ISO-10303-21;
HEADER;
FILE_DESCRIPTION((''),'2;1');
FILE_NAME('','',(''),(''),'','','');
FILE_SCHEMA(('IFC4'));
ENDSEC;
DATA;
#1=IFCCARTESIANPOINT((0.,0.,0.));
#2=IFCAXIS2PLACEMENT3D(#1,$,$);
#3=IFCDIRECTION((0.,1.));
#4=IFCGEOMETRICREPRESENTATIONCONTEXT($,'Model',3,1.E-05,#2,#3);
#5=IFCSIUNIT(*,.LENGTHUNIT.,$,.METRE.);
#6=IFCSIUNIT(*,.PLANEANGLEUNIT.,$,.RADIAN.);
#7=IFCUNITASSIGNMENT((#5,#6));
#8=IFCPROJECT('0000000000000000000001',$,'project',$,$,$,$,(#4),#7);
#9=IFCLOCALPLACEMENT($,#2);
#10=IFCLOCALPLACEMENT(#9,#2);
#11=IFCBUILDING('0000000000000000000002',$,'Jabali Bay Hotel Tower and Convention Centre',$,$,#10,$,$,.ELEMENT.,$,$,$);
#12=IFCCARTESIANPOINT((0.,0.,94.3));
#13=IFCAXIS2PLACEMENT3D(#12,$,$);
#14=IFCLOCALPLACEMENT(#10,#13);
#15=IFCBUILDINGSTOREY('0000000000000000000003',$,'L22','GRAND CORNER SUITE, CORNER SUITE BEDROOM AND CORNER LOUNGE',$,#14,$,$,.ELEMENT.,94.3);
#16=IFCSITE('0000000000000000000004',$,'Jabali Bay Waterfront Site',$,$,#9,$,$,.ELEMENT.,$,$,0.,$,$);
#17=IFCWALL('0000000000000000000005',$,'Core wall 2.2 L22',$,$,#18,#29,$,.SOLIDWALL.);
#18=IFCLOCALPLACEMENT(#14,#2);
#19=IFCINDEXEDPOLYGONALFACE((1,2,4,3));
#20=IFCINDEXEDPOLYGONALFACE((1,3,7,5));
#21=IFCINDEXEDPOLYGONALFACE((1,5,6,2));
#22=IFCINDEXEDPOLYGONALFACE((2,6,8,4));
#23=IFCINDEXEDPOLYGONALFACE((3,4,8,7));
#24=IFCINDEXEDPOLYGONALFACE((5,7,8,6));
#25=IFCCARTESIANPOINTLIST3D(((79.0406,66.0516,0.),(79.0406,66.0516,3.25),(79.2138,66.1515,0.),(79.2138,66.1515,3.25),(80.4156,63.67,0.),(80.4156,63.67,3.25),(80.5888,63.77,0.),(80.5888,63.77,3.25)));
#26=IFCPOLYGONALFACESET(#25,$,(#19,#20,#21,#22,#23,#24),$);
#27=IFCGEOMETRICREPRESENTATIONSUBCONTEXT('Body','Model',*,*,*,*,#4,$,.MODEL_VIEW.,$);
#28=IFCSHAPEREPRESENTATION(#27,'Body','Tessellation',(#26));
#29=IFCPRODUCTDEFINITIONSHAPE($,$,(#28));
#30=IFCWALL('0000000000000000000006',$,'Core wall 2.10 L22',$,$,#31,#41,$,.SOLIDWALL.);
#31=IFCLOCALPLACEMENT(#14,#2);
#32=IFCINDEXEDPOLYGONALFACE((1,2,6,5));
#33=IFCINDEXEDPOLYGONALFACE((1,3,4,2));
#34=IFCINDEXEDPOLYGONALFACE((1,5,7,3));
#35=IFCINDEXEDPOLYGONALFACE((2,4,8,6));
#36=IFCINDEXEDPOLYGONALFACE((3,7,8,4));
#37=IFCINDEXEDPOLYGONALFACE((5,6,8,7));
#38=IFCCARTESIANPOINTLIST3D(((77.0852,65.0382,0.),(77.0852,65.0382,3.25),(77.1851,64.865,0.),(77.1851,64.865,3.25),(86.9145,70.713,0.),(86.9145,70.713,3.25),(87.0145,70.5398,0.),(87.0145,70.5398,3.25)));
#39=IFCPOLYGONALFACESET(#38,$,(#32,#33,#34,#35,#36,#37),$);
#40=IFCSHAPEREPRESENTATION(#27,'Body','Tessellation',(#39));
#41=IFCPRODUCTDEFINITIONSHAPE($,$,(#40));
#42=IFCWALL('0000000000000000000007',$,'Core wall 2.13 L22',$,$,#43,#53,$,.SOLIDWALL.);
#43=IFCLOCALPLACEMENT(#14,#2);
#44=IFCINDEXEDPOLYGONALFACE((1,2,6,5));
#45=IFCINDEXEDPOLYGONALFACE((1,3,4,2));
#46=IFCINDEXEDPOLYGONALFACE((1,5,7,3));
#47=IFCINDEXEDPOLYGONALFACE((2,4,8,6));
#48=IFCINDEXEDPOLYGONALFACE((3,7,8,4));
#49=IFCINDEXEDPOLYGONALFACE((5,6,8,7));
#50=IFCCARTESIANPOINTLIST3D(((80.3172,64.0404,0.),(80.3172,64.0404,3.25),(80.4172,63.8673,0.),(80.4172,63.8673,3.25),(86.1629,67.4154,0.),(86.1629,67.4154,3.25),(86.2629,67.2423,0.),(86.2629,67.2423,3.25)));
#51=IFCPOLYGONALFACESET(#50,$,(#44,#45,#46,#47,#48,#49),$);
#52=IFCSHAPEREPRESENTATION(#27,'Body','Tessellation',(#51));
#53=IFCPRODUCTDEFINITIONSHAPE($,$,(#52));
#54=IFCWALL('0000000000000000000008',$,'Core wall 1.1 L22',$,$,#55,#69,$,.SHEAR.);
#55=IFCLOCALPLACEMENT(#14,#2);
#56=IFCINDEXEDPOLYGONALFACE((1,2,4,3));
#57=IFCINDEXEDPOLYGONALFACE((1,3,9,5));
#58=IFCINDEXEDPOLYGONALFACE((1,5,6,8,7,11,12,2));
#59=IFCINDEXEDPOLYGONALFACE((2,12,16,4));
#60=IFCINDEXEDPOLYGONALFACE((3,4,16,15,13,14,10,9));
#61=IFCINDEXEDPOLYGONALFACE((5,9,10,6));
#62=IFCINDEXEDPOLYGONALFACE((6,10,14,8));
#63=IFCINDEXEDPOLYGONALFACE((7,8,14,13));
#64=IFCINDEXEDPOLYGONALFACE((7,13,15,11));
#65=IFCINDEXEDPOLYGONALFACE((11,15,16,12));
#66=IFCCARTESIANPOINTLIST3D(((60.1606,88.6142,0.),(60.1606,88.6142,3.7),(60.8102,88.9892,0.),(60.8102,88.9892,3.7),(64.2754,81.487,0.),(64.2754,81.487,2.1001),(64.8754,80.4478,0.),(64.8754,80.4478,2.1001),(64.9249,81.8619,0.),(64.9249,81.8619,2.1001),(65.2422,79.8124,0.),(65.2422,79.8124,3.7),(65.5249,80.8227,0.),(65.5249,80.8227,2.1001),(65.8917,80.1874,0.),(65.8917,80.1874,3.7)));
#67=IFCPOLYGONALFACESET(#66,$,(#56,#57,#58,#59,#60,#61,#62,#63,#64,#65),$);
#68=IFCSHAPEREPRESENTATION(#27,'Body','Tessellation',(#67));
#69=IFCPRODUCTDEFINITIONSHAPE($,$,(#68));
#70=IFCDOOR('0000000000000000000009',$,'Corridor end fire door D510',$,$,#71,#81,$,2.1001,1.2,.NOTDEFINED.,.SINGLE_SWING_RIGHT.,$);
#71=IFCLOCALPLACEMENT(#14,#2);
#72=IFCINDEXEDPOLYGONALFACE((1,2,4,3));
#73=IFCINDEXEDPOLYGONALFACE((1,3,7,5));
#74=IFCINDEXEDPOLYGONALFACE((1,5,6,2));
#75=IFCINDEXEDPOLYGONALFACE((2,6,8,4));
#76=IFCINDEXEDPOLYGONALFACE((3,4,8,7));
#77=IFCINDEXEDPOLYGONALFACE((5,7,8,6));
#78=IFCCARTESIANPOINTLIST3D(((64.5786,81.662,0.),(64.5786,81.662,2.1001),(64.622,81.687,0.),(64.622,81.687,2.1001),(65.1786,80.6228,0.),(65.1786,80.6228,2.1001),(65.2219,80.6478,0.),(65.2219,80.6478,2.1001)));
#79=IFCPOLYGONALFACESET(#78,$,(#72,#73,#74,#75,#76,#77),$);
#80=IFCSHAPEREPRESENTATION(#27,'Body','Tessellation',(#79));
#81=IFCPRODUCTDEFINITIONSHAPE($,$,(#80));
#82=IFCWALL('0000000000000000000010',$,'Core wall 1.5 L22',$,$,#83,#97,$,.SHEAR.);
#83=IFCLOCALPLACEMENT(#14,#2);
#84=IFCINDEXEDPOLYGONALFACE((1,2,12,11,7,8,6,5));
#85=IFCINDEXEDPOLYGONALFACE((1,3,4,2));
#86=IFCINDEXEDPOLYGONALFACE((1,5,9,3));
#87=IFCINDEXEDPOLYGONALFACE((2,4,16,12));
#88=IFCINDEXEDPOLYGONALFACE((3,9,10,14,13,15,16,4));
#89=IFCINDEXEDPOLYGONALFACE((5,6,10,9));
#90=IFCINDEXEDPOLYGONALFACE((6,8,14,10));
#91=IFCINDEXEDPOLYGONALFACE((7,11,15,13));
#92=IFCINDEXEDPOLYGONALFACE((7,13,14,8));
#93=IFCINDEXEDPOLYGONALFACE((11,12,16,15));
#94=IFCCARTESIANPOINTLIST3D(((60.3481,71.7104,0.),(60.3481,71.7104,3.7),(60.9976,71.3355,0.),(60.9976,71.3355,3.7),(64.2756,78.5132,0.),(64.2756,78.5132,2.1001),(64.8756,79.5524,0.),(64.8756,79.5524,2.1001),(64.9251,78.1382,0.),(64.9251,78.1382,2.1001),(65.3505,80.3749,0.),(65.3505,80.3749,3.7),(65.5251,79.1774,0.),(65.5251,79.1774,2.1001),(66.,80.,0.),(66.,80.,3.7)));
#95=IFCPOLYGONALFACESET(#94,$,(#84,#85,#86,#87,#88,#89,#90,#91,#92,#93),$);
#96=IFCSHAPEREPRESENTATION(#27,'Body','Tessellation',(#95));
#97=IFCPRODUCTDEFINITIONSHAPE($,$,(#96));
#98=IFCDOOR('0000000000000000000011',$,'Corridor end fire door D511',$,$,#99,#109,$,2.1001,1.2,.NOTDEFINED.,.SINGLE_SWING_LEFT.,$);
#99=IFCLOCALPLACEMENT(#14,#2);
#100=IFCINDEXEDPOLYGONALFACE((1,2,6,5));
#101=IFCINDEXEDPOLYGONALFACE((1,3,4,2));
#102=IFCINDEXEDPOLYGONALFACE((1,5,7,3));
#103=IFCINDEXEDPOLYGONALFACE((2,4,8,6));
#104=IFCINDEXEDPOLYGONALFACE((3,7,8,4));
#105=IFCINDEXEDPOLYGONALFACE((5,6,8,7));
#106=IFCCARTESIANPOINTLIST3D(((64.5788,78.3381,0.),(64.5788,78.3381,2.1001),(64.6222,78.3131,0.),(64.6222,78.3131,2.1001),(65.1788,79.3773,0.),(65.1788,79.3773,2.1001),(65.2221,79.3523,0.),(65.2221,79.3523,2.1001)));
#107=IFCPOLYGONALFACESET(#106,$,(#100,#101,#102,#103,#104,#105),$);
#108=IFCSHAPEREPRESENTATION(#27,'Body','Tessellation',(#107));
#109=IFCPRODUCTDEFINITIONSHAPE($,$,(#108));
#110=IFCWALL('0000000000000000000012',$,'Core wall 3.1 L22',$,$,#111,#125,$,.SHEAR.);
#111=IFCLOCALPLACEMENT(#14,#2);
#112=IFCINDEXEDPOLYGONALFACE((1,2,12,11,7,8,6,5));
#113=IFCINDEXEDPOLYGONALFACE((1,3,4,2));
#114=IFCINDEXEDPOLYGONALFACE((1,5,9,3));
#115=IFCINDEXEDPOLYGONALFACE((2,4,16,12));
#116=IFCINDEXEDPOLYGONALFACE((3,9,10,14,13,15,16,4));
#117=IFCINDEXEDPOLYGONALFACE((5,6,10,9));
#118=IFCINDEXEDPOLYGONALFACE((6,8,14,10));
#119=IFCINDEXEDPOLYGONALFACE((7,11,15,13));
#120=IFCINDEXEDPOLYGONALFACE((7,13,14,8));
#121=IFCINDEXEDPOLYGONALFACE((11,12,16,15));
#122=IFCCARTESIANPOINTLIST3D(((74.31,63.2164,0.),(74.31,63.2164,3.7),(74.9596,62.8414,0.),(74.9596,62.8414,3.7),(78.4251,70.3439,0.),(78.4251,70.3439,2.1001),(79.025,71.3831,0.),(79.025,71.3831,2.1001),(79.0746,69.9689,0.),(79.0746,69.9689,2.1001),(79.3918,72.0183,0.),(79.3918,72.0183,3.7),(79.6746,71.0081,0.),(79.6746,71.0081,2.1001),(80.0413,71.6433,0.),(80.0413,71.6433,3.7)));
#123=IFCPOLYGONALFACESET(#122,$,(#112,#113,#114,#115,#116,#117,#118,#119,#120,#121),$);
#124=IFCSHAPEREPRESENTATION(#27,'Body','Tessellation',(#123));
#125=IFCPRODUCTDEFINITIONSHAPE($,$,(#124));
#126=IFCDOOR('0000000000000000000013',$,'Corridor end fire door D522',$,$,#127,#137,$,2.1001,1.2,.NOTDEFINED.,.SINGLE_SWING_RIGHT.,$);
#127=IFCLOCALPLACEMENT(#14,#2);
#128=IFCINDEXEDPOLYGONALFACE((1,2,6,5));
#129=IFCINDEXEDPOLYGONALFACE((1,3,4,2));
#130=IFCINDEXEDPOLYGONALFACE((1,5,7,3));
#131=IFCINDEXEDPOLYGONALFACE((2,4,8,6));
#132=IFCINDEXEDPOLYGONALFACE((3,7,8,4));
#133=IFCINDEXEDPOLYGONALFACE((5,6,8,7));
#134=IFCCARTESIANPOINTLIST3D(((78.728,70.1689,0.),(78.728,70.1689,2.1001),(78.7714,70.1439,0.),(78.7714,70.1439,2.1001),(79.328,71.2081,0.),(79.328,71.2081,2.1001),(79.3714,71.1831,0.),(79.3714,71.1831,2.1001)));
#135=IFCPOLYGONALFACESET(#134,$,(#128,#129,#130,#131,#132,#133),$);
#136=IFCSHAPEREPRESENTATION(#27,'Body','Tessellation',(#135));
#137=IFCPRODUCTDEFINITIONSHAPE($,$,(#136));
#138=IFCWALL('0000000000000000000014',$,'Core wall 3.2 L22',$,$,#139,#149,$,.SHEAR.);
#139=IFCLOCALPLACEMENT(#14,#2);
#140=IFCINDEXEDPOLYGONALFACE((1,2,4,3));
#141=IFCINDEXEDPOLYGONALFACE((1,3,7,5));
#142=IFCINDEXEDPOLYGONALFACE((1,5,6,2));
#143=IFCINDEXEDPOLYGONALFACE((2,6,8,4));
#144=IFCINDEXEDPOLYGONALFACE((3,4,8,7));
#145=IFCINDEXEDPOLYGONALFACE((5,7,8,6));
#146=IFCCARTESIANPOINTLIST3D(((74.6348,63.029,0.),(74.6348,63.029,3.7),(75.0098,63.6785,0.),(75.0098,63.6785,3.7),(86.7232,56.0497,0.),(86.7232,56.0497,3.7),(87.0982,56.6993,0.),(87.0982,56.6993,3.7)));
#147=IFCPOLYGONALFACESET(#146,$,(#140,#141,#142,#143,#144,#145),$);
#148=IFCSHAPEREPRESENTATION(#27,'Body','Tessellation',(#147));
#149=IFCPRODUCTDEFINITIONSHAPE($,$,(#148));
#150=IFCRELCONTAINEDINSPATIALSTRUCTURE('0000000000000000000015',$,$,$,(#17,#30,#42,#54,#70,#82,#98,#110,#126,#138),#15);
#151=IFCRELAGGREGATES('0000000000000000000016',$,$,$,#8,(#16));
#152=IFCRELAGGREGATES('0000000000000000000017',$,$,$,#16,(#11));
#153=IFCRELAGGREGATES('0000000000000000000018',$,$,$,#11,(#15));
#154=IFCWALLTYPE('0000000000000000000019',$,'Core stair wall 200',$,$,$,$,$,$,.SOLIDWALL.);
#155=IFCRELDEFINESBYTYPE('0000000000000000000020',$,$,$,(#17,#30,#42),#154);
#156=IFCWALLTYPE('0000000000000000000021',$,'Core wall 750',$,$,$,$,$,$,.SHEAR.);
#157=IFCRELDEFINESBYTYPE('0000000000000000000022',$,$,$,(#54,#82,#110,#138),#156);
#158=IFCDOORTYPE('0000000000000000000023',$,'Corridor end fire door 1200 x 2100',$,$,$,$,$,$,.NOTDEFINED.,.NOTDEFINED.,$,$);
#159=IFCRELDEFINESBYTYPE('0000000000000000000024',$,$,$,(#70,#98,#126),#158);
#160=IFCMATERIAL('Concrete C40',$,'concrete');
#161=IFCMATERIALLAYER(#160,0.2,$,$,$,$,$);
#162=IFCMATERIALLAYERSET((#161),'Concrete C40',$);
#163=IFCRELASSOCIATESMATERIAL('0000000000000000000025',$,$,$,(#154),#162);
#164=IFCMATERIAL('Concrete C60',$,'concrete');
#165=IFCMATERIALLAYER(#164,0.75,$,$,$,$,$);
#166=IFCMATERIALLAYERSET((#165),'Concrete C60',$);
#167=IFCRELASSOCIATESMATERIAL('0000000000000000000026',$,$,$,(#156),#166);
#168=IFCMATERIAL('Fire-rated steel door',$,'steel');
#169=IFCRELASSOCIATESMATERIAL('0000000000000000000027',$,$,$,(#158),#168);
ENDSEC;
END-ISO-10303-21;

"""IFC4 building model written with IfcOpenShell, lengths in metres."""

from ifc_helpers import new_model, si_unit, direction, frame, frame_2d, origin, place, context, subcontext, project, spatial, rectangle, extrude, material, layer, layer_set, type_object, element, fill, save


model = new_model("IFC4")

# Units and contexts
model_context = context("Model", 3, precision=1e-05, world=origin(), true_north=direction((0.0, 1.0)))
body_context = subcontext(model_context, "Body", "Model", "MODEL_VIEW")
ifc_project = project(units=[si_unit("LENGTHUNIT", "METRE"), si_unit("PLANEANGLEUNIT", "RADIAN")], contexts=[model_context])

# Site, building, storey
site_placement = place(None, origin())
site = spatial("IfcSite", under=ifc_project, at=site_placement, Name="Jabali Bay Waterfront Site", CompositionType="ELEMENT", RefElevation=0.0)
building_placement = place(site_placement, origin())
building = spatial("IfcBuilding", under=site, at=building_placement, Name="Jabali Bay Hotel Tower and Convention Centre", CompositionType="ELEMENT")
storey_placement = place(building_placement, frame((0.0, 0.0, 94.3)))
storey = spatial("IfcBuildingStorey", under=building, at=storey_placement, Name="L22", Description="GRAND CORNER SUITE, CORNER SUITE BEDROOM AND CORNER LOUNGE", CompositionType="ELEMENT", Elevation=94.3)

# Shared definitions
ifc_material_1 = material(Name="Concrete C40", Category="concrete")
ifc_material_2 = material(Name="Fire-rated steel door", Category="steel")

# Shared definitions
ifc_layer_1 = layer(ifc_material_1, 0.2)
ifc_layer_set_1 = layer_set([ifc_layer_1], Name="Concrete C40")
wall_type_1 = type_object("IfcWallType", Name="Core stair wall 200", PredefinedType="SOLIDWALL", material=ifc_layer_set_1)

# Walls
for number, where, z_axis, x_axis, name in (
    (1, (79.1272, 66.1016, 0.0), (0.0, 0.0, 1.0), (0.499997, -0.866027, 0.0), "Core wall 2.2 L22"),
):
    element("IfcWall", number, at=place(storey_placement, frame(where, z_axis=z_axis, x_axis=x_axis)), inside=storey, type_object=wall_type_1, Name=name, PredefinedType="SOLIDWALL", context=body_context, shape_type="SweptSolid", body=[
        extrude(rectangle(XDim=2.75, YDim=0.2, at=frame_2d((1.375, 0.0))), origin(), (0.0, 0.0, 1.0), 3.25),
    ])
wall_1_placement = place(storey_placement, frame((77.1353, 64.9517, 0.0), z_axis=(0.0, 0.0, 1.0), x_axis=(0.866032, 0.499989, 0.0)))
element("IfcWall", 2, at=wall_1_placement, inside=storey, type_object=wall_type_1, Name="Core wall 2.10 L22", PredefinedType="SOLIDWALL", context=body_context, shape_type="SweptSolid", body=[
    extrude(rectangle(XDim=11.3499, YDim=0.2, at=frame_2d((5.6748, 0.0))), origin(), (0.0, 0.0, 1.0), 3.25),
])
wall_2_placement = place(storey_placement, frame((80.3672, 63.9539, 0.0), z_axis=(0.0, 0.0, 1.0), x_axis=(0.866027, 0.499998, 0.0)))
element("IfcWall", 3, at=wall_2_placement, inside=storey, type_object=wall_type_1, Name="Core wall 2.13 L22", PredefinedType="SOLIDWALL", context=body_context, shape_type="SweptSolid", body=[
    extrude(rectangle(XDim=6.75, YDim=0.2, at=frame_2d((3.375, 0.0))), origin(), (0.0, 0.0, 1.0), 3.25),
])

# Walls, openings, doors
ifc_material_3 = material(Name="Concrete C60", Category="concrete")
ifc_layer_2 = layer(ifc_material_3, 0.75)
ifc_layer_set_2 = layer_set([ifc_layer_2], Name="Concrete C60")
wall_type_2 = type_object("IfcWallType", Name="Core wall 750", PredefinedType="SHEAR", material=ifc_layer_set_2)
wall_3_placement = place(storey_placement, frame((65.5669, 80.0, 0.0), z_axis=(0.0, 0.0, 1.0), x_axis=(-0.499989, 0.866032, 0.0)))
wall_3 = element("IfcWall", 4, at=wall_3_placement, inside=storey, type_object=wall_type_2, Name="Core wall 1.1 L22", PredefinedType="SHEAR", context=body_context, shape_type="SweptSolid", body=[
    extrude(rectangle(XDim=10.1633, YDim=0.75, at=frame_2d((5.0815, 0.0))), origin(), (0.0, 0.0, 1.0), 3.7),
])
opening_1_placement = place(wall_3_placement, frame((0.7334, 0.0, 0.0)))
opening_1 = element("IfcOpeningElement", 5, at=opening_1_placement, cuts=wall_3, PredefinedType="OPENING", context=body_context, shape_type="SweptSolid", body=[
    extrude(rectangle(XDim=1.2, YDim=2.1001, at=frame_2d((0.6001, 1.05))), frame((0.0, 0.3855, 0.0), z_axis=(0.0, -1.0, 0.0), x_axis=(1.0, 0.0, 0.0)), (0.0, 0.0, 1.0), 0.771),
])
door_type_1 = type_object("IfcDoorType", Name="Corridor end fire door 1200 x 2100", OperationType="NOTDEFINED", PredefinedType="NOTDEFINED", material=ifc_material_2)
door_1_placement = place(opening_1_placement, origin())
door_1 = element("IfcDoor", 6, at=door_1_placement, inside=storey, type_object=door_type_1, Name="Corridor end fire door D510", OperationType="SINGLE_SWING_RIGHT", OverallHeight=2.1001, OverallWidth=1.2, PredefinedType="NOTDEFINED", context=body_context, shape_type="SweptSolid", body=[
    extrude(rectangle(XDim=1.2, YDim=2.1001, at=frame_2d((0.6001, 1.05))), frame((0.0, 0.0249, 0.0), z_axis=(0.0, -1.0, 0.0), x_axis=(1.0, 0.0, 0.0)), (0.0, 0.0, 1.0), 0.05),
])
fill(opening_1, door_1)
wall_4_placement = place(storey_placement, frame((60.6729, 71.5229, 0.0), z_axis=(0.0, 0.0, 1.0), x_axis=(0.499997, 0.866027, 0.0)))
wall_4 = element("IfcWall", 7, at=wall_4_placement, inside=storey, type_object=wall_type_2, Name="Core wall 1.5 L22", PredefinedType="SHEAR", context=body_context, shape_type="SweptSolid", body=[
    extrude(rectangle(XDim=10.0049, YDim=0.75, at=frame_2d((5.0024, 0.0))), origin(), (0.0, 0.0, 1.0), 3.7),
])
opening_2_placement = place(wall_4_placement, frame((7.855, 0.0, 0.0)))
opening_2 = element("IfcOpeningElement", 8, at=opening_2_placement, cuts=wall_4, PredefinedType="OPENING", context=body_context, shape_type="SweptSolid", body=[
    extrude(rectangle(XDim=1.2, YDim=2.1001, at=frame_2d((0.6001, 1.05))), frame((0.0, 0.3855, 0.0), z_axis=(0.0, -1.0, 0.0), x_axis=(1.0, 0.0, 0.0)), (0.0, 0.0, 1.0), 0.771),
])
door_2_placement = place(opening_2_placement, origin())
door_2 = element("IfcDoor", 9, at=door_2_placement, inside=storey, type_object=door_type_1, Name="Corridor end fire door D511", OperationType="SINGLE_SWING_LEFT", OverallHeight=2.1001, OverallWidth=1.2, PredefinedType="NOTDEFINED", context=body_context, shape_type="SweptSolid", body=[
    extrude(rectangle(XDim=1.2, YDim=2.1001, at=frame_2d((0.6001, 1.05))), frame((0.0, 0.0249, 0.0), z_axis=(0.0, -1.0, 0.0), x_axis=(1.0, 0.0, 0.0)), (0.0, 0.0, 1.0), 0.05),
])
fill(opening_2, door_2)
wall_5_placement = place(storey_placement, frame((79.7166, 71.8308, 0.0), z_axis=(0.0, 0.0, 1.0), x_axis=(-0.499996, -0.866028, 0.0)))
wall_5 = element("IfcWall", 10, at=wall_5_placement, inside=storey, type_object=wall_type_2, Name="Core wall 3.1 L22", PredefinedType="SHEAR", context=body_context, shape_type="SweptSolid", body=[
    extrude(rectangle(XDim=10.1636, YDim=0.75, at=frame_2d((5.0818, 0.0))), origin(), (0.0, 0.0, 1.0), 3.7),
])
opening_3_placement = place(wall_5_placement, frame((0.7334, 0.0, 0.0)))
opening_3 = element("IfcOpeningElement", 11, at=opening_3_placement, cuts=wall_5, PredefinedType="OPENING", context=body_context, shape_type="SweptSolid", body=[
    extrude(rectangle(XDim=1.2, YDim=2.1001, at=frame_2d((0.6001, 1.05))), frame((0.0, 0.3855, 0.0), z_axis=(0.0, -1.0, 0.0), x_axis=(1.0, 0.0, 0.0)), (0.0, 0.0, 1.0), 0.771),
])
door_3_placement = place(opening_3_placement, origin())
door_3 = element("IfcDoor", 12, at=door_3_placement, inside=storey, type_object=door_type_1, Name="Corridor end fire door D522", OperationType="SINGLE_SWING_RIGHT", OverallHeight=2.1001, OverallWidth=1.2, PredefinedType="NOTDEFINED", context=body_context, shape_type="SweptSolid", body=[
    extrude(rectangle(XDim=1.2, YDim=2.1001, at=frame_2d((0.6001, 1.05))), frame((0.0, 0.0249, 0.0), z_axis=(0.0, -1.0, 0.0), x_axis=(1.0, 0.0, 0.0)), (0.0, 0.0, 1.0), 0.05),
])
fill(opening_3, door_3)

# Wall
wall_6_placement = place(storey_placement, frame((74.8223, 63.3538, 0.0), z_axis=(0.0, 0.0, 1.0), x_axis=(0.866025, -0.500001, 0.0)))
element("IfcWall", 13, at=wall_6_placement, inside=storey, type_object=wall_type_2, Name="Core wall 3.2 L22", PredefinedType="SHEAR", context=body_context, shape_type="SweptSolid", body=[
    extrude(rectangle(XDim=13.9585, YDim=0.75, at=frame_2d((6.9792, 0.0))), origin(), (0.0, 0.0, 1.0), 3.7),
])

save(model, "model.ifc")
